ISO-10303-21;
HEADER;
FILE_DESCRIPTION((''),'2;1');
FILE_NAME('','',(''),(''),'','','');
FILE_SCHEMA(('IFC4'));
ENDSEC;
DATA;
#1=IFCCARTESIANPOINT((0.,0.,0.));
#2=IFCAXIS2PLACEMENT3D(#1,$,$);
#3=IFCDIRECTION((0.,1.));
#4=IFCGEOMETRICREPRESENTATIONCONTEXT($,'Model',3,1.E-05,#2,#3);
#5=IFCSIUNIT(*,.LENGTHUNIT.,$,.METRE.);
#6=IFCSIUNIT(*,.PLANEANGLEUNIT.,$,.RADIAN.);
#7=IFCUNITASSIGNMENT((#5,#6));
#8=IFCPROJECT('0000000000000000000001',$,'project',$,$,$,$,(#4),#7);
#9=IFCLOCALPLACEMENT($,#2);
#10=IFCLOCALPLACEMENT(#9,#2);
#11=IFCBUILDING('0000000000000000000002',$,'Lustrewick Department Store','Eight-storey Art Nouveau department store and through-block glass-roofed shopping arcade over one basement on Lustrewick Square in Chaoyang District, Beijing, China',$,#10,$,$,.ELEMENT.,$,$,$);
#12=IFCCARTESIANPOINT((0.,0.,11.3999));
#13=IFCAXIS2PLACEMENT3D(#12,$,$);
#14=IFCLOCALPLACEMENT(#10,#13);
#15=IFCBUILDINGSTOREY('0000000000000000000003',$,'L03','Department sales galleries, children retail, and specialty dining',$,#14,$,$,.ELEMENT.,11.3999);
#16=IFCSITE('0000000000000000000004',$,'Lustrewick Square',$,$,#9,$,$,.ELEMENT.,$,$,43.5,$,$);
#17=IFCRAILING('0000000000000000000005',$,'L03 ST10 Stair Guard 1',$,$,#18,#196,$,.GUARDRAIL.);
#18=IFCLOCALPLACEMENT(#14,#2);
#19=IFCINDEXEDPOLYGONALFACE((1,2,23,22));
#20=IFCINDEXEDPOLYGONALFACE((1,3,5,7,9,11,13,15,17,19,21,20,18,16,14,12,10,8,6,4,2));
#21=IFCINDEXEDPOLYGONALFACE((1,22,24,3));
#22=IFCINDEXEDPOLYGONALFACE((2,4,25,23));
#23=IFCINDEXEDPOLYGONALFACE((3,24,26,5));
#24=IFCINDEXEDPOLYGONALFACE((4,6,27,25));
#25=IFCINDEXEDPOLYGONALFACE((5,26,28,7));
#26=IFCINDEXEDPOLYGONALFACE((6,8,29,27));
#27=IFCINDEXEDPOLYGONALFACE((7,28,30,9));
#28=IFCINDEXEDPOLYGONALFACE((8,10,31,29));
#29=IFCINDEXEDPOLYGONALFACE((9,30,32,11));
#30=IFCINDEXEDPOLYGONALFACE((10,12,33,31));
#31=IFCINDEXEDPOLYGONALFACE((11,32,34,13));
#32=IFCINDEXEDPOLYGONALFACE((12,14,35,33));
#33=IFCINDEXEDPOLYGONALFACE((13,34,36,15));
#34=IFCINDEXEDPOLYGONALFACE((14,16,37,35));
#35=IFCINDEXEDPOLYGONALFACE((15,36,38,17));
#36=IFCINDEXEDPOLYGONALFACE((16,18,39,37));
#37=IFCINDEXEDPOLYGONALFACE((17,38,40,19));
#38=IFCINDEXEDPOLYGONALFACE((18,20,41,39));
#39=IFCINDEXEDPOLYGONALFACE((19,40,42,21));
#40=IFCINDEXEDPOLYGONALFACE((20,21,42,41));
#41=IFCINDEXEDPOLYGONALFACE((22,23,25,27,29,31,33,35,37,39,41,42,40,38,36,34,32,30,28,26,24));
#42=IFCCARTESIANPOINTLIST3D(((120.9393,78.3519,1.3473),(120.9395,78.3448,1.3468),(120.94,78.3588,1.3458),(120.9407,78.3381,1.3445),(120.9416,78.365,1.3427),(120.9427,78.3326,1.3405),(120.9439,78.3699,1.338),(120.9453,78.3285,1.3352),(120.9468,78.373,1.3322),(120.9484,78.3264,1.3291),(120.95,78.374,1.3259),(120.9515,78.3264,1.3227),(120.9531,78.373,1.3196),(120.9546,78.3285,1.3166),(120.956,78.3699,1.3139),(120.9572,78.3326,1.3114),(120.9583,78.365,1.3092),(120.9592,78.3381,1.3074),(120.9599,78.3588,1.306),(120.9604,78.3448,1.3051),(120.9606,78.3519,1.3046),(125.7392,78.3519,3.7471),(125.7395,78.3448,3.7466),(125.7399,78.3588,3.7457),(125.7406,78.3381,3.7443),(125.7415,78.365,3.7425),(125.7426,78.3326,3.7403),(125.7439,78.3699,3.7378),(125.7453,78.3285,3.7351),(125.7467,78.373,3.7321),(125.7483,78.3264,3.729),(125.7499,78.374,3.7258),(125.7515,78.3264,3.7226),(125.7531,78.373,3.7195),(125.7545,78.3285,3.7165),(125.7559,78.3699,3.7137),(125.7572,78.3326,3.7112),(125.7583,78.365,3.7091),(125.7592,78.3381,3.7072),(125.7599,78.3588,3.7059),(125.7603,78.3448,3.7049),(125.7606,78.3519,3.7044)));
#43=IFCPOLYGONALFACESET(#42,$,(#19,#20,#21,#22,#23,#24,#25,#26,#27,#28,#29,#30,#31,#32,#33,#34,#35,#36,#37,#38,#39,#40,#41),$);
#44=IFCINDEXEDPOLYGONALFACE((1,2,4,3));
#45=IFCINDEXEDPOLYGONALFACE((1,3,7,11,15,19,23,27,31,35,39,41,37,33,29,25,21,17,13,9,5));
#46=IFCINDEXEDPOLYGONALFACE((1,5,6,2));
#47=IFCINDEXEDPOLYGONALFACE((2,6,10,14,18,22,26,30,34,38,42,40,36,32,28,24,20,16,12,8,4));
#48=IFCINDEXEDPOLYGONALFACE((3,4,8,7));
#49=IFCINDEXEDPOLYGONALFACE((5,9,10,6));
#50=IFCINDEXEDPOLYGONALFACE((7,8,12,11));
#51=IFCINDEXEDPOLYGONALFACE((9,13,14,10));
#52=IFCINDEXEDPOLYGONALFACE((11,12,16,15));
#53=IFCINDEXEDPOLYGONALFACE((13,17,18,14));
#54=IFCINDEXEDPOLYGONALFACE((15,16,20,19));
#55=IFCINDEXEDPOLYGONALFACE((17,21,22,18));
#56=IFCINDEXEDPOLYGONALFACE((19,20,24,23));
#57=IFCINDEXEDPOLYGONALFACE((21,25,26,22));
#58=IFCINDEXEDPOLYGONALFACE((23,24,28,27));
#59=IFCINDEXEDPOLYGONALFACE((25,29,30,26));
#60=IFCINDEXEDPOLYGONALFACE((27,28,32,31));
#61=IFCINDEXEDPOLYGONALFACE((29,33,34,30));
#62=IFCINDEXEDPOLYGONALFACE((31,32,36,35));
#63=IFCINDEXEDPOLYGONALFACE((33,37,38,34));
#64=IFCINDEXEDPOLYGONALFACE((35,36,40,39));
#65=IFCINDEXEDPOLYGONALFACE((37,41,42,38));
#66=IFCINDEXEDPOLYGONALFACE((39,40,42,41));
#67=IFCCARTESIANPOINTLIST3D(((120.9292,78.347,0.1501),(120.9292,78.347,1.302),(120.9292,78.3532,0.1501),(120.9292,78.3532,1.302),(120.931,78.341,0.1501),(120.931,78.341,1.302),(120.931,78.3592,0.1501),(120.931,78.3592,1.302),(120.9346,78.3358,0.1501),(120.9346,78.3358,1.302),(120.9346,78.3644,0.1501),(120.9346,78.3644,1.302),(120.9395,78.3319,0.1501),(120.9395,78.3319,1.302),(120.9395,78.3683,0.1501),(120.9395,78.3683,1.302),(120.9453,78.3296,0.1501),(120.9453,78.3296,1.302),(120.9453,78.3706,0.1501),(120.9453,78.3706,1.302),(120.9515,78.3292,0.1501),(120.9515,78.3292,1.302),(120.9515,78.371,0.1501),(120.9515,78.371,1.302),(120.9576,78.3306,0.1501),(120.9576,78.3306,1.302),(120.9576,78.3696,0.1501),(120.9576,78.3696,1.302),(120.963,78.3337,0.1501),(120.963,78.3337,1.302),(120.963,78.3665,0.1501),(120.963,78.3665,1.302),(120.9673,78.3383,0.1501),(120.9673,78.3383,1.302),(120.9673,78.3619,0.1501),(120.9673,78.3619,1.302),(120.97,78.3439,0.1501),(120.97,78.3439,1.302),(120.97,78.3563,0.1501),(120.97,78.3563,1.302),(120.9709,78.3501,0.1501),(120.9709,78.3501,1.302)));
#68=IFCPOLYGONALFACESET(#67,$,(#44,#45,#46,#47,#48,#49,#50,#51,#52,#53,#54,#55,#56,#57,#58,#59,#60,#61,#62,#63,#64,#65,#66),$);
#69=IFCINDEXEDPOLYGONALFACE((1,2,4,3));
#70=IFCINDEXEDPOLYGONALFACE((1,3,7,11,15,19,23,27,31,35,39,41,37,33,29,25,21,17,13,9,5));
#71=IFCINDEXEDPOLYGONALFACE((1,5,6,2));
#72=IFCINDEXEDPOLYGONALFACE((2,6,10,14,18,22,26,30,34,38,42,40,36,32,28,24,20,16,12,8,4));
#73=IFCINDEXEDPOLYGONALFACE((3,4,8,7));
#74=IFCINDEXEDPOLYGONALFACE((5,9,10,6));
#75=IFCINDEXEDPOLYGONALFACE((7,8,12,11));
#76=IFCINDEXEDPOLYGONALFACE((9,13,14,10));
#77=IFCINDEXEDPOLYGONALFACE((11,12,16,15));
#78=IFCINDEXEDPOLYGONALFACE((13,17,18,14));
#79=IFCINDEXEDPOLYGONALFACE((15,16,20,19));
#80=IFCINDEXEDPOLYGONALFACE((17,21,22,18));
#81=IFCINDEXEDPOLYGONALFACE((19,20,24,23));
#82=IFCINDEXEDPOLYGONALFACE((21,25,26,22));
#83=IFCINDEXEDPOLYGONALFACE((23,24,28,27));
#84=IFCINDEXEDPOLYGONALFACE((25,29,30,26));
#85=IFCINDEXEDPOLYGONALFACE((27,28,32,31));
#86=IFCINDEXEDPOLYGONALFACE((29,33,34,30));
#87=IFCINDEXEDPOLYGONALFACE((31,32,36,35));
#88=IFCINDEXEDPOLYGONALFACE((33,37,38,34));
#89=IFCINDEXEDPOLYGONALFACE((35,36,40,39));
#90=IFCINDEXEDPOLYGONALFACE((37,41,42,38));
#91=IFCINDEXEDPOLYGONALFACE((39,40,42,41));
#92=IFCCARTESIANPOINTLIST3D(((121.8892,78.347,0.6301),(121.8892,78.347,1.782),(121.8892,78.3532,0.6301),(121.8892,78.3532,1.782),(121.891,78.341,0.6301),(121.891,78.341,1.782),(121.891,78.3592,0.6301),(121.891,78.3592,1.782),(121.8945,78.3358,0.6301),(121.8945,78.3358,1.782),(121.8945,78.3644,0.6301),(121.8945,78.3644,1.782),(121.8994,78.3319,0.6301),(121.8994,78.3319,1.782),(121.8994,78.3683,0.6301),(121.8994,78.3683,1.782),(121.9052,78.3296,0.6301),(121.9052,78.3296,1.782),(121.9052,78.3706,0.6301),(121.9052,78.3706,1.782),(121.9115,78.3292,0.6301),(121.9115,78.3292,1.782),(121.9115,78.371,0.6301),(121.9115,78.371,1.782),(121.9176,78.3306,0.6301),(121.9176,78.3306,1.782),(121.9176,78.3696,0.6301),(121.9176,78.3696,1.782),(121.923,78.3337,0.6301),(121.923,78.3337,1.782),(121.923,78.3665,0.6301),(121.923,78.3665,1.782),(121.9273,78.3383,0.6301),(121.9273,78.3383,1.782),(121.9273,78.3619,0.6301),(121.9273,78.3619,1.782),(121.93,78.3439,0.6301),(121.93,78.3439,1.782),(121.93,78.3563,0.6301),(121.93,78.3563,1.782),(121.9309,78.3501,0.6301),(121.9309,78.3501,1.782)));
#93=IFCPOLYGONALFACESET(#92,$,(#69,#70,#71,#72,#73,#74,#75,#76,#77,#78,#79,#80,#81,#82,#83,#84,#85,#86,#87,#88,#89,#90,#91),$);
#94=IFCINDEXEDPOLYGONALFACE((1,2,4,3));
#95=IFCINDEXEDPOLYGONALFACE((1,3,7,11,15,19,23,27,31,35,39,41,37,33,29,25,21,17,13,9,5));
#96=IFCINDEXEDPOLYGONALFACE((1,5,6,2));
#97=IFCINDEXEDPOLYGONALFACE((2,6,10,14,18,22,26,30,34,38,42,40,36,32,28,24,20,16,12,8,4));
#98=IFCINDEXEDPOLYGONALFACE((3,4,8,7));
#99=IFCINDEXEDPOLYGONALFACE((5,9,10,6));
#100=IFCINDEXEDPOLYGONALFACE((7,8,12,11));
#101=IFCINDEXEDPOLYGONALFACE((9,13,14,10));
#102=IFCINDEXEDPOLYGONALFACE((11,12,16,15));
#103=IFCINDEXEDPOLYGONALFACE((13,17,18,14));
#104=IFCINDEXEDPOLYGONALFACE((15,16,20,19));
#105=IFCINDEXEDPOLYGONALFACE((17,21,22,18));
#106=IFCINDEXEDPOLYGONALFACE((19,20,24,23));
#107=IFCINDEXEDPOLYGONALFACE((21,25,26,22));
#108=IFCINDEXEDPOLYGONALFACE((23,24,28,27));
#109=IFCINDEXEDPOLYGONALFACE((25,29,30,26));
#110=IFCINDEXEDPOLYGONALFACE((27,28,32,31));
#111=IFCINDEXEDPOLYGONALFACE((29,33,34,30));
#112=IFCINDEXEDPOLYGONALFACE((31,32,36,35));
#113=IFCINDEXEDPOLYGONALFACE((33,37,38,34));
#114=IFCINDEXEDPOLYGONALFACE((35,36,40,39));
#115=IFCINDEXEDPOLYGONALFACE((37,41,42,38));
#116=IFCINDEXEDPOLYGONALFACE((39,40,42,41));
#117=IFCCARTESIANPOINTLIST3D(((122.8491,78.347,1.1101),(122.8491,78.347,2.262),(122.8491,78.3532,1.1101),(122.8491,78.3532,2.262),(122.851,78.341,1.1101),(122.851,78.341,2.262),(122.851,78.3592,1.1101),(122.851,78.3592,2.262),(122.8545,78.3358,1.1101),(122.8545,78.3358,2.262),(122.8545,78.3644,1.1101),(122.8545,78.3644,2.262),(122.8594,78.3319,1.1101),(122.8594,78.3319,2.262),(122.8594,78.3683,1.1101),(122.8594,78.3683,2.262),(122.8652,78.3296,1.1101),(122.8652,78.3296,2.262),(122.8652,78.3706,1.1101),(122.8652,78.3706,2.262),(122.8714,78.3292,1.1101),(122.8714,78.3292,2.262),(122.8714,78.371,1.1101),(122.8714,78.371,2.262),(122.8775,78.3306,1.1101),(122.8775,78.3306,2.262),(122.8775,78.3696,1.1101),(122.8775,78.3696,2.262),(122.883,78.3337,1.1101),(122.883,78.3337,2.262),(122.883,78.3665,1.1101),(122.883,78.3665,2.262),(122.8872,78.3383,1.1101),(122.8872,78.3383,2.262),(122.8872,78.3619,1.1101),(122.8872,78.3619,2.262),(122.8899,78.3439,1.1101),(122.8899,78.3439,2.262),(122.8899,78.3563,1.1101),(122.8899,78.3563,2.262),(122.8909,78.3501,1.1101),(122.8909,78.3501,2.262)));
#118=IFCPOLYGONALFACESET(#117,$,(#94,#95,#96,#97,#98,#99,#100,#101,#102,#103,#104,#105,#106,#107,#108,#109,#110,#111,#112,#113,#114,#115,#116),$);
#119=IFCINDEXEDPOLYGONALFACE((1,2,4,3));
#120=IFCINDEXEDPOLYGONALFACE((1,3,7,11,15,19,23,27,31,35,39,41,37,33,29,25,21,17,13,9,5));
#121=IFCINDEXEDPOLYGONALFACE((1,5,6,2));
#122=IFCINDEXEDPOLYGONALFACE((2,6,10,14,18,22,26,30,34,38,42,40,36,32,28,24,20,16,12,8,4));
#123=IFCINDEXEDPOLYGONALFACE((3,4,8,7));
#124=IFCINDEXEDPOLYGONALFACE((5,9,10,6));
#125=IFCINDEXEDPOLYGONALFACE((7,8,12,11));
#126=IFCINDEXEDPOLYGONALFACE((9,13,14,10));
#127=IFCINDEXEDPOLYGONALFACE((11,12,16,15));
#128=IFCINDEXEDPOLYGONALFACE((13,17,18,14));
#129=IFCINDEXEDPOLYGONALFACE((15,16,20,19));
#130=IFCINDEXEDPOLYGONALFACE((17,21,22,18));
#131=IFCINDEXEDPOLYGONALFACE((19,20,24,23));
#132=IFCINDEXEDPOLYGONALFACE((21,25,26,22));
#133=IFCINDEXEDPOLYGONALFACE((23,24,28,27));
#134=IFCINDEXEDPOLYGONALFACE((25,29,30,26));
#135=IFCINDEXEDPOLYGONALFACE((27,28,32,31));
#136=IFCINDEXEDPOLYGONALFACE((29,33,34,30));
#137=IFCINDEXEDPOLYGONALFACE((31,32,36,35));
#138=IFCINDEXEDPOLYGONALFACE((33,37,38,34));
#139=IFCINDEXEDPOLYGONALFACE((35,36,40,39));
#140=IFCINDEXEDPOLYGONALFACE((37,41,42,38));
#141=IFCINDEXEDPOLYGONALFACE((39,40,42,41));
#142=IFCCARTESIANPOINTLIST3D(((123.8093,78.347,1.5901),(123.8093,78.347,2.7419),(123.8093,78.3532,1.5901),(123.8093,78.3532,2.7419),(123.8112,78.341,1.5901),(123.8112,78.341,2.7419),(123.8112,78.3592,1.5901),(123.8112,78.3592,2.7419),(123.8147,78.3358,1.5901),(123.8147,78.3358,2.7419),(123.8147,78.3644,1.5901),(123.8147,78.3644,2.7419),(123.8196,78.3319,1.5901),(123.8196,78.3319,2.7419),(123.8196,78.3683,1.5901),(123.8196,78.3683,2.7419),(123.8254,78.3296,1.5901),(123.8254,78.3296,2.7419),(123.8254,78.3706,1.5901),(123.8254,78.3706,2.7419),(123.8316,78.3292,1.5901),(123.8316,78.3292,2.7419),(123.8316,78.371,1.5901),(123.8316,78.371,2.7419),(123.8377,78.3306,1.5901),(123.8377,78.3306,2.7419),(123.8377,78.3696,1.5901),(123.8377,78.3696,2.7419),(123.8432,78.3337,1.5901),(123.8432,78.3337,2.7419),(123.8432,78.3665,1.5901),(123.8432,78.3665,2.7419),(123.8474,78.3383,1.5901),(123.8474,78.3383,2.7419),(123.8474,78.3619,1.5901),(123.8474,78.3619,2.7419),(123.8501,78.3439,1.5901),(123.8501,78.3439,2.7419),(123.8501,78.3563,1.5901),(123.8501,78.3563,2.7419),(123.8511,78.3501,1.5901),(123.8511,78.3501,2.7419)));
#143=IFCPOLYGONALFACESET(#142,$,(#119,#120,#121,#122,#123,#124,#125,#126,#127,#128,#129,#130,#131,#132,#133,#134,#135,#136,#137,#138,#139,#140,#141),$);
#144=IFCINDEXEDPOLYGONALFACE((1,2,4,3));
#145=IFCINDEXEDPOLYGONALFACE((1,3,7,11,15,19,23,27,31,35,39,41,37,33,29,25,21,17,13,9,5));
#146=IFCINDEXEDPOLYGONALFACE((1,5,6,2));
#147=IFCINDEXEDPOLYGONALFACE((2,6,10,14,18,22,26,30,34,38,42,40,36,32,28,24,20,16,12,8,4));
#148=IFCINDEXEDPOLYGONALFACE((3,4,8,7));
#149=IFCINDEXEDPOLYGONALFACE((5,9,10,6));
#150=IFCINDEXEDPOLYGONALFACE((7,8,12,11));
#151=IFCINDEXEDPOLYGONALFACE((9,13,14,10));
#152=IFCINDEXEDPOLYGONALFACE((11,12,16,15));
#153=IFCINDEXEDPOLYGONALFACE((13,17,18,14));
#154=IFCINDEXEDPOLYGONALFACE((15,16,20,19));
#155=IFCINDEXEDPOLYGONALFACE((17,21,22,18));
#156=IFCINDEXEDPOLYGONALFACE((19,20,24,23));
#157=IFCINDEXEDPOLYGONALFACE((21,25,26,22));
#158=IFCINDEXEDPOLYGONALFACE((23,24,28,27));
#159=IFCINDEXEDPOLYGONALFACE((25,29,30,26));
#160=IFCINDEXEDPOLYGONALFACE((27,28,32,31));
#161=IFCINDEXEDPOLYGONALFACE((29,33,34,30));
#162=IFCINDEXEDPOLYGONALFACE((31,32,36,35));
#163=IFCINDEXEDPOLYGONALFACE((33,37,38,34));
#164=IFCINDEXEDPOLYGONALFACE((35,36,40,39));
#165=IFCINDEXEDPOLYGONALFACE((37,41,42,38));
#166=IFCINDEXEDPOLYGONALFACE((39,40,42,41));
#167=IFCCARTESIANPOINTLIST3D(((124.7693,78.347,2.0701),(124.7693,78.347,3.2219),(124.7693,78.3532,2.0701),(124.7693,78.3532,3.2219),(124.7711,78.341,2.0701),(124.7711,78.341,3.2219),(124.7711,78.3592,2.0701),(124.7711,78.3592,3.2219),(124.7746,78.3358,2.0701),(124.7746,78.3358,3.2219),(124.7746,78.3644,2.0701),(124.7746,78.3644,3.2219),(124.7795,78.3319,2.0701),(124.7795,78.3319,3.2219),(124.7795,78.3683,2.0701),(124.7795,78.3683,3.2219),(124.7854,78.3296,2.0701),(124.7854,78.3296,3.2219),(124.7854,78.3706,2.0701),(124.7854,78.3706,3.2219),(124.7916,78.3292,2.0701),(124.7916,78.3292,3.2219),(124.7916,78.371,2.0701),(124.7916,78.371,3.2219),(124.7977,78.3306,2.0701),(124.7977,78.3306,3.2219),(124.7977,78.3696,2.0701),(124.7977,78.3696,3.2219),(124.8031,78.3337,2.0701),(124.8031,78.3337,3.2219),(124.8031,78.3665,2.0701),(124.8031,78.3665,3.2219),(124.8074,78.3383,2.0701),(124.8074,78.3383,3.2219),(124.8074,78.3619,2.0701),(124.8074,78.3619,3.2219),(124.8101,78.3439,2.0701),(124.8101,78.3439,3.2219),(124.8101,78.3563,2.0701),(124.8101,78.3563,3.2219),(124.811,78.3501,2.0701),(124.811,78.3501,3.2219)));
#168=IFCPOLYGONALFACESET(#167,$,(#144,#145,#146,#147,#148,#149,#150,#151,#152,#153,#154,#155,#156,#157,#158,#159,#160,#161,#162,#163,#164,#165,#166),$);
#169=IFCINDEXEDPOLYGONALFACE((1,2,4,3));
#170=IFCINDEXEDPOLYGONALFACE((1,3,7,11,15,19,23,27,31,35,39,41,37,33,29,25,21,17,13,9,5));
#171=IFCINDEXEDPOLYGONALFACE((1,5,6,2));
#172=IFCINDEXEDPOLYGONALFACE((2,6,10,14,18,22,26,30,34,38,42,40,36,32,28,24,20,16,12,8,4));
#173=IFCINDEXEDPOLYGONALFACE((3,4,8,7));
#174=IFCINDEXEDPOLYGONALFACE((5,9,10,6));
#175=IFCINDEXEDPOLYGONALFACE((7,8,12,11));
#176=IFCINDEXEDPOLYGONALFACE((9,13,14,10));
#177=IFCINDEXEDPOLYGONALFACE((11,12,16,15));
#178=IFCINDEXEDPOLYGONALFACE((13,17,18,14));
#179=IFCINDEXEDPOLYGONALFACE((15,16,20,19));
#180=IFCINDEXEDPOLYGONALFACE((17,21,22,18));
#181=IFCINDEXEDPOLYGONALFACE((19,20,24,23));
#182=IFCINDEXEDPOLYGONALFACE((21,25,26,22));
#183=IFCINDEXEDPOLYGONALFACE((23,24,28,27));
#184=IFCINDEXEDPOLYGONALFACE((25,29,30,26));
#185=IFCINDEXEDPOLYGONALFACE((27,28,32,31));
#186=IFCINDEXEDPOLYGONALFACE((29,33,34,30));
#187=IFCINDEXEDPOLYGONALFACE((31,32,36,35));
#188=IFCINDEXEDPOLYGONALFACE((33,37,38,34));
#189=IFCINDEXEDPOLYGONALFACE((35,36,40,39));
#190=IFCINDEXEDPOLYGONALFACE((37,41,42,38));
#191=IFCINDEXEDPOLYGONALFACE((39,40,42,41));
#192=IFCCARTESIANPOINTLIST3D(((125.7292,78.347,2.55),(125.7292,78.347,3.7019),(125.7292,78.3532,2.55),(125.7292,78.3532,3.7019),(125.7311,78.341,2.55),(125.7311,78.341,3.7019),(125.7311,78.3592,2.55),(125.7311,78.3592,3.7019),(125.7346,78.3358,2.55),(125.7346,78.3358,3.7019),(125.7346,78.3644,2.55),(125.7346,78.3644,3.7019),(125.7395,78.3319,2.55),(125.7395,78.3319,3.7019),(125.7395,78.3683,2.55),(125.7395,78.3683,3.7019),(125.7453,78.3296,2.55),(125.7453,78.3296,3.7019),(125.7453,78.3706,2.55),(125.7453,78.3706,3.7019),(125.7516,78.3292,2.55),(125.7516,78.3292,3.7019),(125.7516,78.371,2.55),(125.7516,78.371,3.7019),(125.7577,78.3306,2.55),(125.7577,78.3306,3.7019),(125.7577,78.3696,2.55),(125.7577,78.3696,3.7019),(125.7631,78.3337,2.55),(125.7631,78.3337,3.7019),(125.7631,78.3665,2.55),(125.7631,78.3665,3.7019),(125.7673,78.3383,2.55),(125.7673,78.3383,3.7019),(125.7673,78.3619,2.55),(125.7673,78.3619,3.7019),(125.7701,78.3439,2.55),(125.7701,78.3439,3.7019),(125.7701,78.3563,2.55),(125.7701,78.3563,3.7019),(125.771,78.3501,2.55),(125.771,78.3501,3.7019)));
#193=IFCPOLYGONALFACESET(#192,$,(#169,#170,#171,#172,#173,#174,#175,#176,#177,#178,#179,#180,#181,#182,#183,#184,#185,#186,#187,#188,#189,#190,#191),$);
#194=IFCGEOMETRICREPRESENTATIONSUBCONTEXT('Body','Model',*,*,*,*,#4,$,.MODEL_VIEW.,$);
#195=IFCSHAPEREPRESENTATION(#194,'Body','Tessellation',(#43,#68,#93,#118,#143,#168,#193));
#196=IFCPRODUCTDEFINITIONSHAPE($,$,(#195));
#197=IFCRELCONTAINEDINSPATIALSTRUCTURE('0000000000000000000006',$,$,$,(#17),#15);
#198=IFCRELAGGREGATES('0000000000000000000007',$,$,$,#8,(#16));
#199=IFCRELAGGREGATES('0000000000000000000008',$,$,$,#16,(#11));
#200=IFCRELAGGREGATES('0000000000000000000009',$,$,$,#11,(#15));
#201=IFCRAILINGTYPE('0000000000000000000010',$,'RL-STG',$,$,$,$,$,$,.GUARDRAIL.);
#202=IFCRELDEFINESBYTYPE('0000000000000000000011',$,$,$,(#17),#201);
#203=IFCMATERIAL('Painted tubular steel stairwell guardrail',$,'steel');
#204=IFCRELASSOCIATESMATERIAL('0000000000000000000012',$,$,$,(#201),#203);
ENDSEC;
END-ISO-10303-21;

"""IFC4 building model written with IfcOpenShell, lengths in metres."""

from ifc_helpers import new_model, si_unit, direction, frame, origin, origin_2d, place, context, subcontext, project, spatial, circle, extrude, material, type_object, element, save


model = new_model("IFC4")

# Units and contexts
model_context = context("Model", 3, precision=1e-05, world=origin(), true_north=direction((0.0, 1.0)))
body_context = subcontext(model_context, "Body", "Model", "MODEL_VIEW")
ifc_project = project(units=[si_unit("LENGTHUNIT", "METRE"), si_unit("PLANEANGLEUNIT", "RADIAN")], contexts=[model_context])

# Site, building, storey
site_placement = place(None, origin())
site = spatial("IfcSite", under=ifc_project, at=site_placement, Name="Lustrewick Square", CompositionType="ELEMENT", RefElevation=43.5)
building_placement = place(site_placement, origin())
building = spatial("IfcBuilding", under=site, at=building_placement, Name="Lustrewick Department Store", Description="Eight-storey Art Nouveau department store and through-block glass-roofed shopping arcade over one basement on Lustrewick Square in Chaoyang District, Beijing, China", CompositionType="ELEMENT")
storey_placement = place(building_placement, frame((0.0, 0.0, 11.3999)))
storey = spatial("IfcBuildingStorey", under=building, at=storey_placement, Name="L03", Description="Department sales galleries, children retail, and specialty dining", CompositionType="ELEMENT", Elevation=11.3999)

# Railing
ifc_material_1 = material(Name="Painted tubular steel stairwell guardrail", Category="steel")
railing_type_1 = type_object("IfcRailingType", Name="RL-STG", PredefinedType="GUARDRAIL", material=ifc_material_1)
railing_1_placement = place(storey_placement, frame((120.95, 78.3501, 0.1501)))
element("IfcRailing", 1, at=railing_1_placement, inside=storey, type_object=railing_type_1, Name="L03 ST10 Stair Guard 1", PredefinedType="GUARDRAIL", context=body_context, shape_type="SweptSolid", body=[
    extrude(circle(Radius=0.0239, at=origin_2d()), frame((0.0, 0.0, 1.1758), z_axis=(0.894436, 0.0, 0.447195), x_axis=(0.0, 1.0, 0.0)), (0.0, 0.0, 1.0), 5.3665),
    extrude(circle(Radius=0.021, at=origin_2d()), origin(), (0.0, 0.0, 1.0), 1.1519),
    extrude(circle(Radius=0.021, at=origin_2d()), frame((0.96, 0.0, 0.48)), (0.0, 0.0, 1.0), 1.1519),
    extrude(circle(Radius=0.021, at=origin_2d()), frame((1.9199, 0.0, 0.96)), (0.0, 0.0, 1.0), 1.1519),
    extrude(circle(Radius=0.021, at=origin_2d()), frame((2.8801, 0.0, 1.4399)), (0.0, 0.0, 1.0), 1.1519),
    extrude(circle(Radius=0.021, at=origin_2d()), frame((3.8401, 0.0, 1.9199)), (0.0, 0.0, 1.0), 1.1519),
    extrude(circle(Radius=0.021, at=origin_2d()), frame((4.8, 0.0, 2.3999)), (0.0, 0.0, 1.0), 1.1519),
])

save(model, "model.ifc")
